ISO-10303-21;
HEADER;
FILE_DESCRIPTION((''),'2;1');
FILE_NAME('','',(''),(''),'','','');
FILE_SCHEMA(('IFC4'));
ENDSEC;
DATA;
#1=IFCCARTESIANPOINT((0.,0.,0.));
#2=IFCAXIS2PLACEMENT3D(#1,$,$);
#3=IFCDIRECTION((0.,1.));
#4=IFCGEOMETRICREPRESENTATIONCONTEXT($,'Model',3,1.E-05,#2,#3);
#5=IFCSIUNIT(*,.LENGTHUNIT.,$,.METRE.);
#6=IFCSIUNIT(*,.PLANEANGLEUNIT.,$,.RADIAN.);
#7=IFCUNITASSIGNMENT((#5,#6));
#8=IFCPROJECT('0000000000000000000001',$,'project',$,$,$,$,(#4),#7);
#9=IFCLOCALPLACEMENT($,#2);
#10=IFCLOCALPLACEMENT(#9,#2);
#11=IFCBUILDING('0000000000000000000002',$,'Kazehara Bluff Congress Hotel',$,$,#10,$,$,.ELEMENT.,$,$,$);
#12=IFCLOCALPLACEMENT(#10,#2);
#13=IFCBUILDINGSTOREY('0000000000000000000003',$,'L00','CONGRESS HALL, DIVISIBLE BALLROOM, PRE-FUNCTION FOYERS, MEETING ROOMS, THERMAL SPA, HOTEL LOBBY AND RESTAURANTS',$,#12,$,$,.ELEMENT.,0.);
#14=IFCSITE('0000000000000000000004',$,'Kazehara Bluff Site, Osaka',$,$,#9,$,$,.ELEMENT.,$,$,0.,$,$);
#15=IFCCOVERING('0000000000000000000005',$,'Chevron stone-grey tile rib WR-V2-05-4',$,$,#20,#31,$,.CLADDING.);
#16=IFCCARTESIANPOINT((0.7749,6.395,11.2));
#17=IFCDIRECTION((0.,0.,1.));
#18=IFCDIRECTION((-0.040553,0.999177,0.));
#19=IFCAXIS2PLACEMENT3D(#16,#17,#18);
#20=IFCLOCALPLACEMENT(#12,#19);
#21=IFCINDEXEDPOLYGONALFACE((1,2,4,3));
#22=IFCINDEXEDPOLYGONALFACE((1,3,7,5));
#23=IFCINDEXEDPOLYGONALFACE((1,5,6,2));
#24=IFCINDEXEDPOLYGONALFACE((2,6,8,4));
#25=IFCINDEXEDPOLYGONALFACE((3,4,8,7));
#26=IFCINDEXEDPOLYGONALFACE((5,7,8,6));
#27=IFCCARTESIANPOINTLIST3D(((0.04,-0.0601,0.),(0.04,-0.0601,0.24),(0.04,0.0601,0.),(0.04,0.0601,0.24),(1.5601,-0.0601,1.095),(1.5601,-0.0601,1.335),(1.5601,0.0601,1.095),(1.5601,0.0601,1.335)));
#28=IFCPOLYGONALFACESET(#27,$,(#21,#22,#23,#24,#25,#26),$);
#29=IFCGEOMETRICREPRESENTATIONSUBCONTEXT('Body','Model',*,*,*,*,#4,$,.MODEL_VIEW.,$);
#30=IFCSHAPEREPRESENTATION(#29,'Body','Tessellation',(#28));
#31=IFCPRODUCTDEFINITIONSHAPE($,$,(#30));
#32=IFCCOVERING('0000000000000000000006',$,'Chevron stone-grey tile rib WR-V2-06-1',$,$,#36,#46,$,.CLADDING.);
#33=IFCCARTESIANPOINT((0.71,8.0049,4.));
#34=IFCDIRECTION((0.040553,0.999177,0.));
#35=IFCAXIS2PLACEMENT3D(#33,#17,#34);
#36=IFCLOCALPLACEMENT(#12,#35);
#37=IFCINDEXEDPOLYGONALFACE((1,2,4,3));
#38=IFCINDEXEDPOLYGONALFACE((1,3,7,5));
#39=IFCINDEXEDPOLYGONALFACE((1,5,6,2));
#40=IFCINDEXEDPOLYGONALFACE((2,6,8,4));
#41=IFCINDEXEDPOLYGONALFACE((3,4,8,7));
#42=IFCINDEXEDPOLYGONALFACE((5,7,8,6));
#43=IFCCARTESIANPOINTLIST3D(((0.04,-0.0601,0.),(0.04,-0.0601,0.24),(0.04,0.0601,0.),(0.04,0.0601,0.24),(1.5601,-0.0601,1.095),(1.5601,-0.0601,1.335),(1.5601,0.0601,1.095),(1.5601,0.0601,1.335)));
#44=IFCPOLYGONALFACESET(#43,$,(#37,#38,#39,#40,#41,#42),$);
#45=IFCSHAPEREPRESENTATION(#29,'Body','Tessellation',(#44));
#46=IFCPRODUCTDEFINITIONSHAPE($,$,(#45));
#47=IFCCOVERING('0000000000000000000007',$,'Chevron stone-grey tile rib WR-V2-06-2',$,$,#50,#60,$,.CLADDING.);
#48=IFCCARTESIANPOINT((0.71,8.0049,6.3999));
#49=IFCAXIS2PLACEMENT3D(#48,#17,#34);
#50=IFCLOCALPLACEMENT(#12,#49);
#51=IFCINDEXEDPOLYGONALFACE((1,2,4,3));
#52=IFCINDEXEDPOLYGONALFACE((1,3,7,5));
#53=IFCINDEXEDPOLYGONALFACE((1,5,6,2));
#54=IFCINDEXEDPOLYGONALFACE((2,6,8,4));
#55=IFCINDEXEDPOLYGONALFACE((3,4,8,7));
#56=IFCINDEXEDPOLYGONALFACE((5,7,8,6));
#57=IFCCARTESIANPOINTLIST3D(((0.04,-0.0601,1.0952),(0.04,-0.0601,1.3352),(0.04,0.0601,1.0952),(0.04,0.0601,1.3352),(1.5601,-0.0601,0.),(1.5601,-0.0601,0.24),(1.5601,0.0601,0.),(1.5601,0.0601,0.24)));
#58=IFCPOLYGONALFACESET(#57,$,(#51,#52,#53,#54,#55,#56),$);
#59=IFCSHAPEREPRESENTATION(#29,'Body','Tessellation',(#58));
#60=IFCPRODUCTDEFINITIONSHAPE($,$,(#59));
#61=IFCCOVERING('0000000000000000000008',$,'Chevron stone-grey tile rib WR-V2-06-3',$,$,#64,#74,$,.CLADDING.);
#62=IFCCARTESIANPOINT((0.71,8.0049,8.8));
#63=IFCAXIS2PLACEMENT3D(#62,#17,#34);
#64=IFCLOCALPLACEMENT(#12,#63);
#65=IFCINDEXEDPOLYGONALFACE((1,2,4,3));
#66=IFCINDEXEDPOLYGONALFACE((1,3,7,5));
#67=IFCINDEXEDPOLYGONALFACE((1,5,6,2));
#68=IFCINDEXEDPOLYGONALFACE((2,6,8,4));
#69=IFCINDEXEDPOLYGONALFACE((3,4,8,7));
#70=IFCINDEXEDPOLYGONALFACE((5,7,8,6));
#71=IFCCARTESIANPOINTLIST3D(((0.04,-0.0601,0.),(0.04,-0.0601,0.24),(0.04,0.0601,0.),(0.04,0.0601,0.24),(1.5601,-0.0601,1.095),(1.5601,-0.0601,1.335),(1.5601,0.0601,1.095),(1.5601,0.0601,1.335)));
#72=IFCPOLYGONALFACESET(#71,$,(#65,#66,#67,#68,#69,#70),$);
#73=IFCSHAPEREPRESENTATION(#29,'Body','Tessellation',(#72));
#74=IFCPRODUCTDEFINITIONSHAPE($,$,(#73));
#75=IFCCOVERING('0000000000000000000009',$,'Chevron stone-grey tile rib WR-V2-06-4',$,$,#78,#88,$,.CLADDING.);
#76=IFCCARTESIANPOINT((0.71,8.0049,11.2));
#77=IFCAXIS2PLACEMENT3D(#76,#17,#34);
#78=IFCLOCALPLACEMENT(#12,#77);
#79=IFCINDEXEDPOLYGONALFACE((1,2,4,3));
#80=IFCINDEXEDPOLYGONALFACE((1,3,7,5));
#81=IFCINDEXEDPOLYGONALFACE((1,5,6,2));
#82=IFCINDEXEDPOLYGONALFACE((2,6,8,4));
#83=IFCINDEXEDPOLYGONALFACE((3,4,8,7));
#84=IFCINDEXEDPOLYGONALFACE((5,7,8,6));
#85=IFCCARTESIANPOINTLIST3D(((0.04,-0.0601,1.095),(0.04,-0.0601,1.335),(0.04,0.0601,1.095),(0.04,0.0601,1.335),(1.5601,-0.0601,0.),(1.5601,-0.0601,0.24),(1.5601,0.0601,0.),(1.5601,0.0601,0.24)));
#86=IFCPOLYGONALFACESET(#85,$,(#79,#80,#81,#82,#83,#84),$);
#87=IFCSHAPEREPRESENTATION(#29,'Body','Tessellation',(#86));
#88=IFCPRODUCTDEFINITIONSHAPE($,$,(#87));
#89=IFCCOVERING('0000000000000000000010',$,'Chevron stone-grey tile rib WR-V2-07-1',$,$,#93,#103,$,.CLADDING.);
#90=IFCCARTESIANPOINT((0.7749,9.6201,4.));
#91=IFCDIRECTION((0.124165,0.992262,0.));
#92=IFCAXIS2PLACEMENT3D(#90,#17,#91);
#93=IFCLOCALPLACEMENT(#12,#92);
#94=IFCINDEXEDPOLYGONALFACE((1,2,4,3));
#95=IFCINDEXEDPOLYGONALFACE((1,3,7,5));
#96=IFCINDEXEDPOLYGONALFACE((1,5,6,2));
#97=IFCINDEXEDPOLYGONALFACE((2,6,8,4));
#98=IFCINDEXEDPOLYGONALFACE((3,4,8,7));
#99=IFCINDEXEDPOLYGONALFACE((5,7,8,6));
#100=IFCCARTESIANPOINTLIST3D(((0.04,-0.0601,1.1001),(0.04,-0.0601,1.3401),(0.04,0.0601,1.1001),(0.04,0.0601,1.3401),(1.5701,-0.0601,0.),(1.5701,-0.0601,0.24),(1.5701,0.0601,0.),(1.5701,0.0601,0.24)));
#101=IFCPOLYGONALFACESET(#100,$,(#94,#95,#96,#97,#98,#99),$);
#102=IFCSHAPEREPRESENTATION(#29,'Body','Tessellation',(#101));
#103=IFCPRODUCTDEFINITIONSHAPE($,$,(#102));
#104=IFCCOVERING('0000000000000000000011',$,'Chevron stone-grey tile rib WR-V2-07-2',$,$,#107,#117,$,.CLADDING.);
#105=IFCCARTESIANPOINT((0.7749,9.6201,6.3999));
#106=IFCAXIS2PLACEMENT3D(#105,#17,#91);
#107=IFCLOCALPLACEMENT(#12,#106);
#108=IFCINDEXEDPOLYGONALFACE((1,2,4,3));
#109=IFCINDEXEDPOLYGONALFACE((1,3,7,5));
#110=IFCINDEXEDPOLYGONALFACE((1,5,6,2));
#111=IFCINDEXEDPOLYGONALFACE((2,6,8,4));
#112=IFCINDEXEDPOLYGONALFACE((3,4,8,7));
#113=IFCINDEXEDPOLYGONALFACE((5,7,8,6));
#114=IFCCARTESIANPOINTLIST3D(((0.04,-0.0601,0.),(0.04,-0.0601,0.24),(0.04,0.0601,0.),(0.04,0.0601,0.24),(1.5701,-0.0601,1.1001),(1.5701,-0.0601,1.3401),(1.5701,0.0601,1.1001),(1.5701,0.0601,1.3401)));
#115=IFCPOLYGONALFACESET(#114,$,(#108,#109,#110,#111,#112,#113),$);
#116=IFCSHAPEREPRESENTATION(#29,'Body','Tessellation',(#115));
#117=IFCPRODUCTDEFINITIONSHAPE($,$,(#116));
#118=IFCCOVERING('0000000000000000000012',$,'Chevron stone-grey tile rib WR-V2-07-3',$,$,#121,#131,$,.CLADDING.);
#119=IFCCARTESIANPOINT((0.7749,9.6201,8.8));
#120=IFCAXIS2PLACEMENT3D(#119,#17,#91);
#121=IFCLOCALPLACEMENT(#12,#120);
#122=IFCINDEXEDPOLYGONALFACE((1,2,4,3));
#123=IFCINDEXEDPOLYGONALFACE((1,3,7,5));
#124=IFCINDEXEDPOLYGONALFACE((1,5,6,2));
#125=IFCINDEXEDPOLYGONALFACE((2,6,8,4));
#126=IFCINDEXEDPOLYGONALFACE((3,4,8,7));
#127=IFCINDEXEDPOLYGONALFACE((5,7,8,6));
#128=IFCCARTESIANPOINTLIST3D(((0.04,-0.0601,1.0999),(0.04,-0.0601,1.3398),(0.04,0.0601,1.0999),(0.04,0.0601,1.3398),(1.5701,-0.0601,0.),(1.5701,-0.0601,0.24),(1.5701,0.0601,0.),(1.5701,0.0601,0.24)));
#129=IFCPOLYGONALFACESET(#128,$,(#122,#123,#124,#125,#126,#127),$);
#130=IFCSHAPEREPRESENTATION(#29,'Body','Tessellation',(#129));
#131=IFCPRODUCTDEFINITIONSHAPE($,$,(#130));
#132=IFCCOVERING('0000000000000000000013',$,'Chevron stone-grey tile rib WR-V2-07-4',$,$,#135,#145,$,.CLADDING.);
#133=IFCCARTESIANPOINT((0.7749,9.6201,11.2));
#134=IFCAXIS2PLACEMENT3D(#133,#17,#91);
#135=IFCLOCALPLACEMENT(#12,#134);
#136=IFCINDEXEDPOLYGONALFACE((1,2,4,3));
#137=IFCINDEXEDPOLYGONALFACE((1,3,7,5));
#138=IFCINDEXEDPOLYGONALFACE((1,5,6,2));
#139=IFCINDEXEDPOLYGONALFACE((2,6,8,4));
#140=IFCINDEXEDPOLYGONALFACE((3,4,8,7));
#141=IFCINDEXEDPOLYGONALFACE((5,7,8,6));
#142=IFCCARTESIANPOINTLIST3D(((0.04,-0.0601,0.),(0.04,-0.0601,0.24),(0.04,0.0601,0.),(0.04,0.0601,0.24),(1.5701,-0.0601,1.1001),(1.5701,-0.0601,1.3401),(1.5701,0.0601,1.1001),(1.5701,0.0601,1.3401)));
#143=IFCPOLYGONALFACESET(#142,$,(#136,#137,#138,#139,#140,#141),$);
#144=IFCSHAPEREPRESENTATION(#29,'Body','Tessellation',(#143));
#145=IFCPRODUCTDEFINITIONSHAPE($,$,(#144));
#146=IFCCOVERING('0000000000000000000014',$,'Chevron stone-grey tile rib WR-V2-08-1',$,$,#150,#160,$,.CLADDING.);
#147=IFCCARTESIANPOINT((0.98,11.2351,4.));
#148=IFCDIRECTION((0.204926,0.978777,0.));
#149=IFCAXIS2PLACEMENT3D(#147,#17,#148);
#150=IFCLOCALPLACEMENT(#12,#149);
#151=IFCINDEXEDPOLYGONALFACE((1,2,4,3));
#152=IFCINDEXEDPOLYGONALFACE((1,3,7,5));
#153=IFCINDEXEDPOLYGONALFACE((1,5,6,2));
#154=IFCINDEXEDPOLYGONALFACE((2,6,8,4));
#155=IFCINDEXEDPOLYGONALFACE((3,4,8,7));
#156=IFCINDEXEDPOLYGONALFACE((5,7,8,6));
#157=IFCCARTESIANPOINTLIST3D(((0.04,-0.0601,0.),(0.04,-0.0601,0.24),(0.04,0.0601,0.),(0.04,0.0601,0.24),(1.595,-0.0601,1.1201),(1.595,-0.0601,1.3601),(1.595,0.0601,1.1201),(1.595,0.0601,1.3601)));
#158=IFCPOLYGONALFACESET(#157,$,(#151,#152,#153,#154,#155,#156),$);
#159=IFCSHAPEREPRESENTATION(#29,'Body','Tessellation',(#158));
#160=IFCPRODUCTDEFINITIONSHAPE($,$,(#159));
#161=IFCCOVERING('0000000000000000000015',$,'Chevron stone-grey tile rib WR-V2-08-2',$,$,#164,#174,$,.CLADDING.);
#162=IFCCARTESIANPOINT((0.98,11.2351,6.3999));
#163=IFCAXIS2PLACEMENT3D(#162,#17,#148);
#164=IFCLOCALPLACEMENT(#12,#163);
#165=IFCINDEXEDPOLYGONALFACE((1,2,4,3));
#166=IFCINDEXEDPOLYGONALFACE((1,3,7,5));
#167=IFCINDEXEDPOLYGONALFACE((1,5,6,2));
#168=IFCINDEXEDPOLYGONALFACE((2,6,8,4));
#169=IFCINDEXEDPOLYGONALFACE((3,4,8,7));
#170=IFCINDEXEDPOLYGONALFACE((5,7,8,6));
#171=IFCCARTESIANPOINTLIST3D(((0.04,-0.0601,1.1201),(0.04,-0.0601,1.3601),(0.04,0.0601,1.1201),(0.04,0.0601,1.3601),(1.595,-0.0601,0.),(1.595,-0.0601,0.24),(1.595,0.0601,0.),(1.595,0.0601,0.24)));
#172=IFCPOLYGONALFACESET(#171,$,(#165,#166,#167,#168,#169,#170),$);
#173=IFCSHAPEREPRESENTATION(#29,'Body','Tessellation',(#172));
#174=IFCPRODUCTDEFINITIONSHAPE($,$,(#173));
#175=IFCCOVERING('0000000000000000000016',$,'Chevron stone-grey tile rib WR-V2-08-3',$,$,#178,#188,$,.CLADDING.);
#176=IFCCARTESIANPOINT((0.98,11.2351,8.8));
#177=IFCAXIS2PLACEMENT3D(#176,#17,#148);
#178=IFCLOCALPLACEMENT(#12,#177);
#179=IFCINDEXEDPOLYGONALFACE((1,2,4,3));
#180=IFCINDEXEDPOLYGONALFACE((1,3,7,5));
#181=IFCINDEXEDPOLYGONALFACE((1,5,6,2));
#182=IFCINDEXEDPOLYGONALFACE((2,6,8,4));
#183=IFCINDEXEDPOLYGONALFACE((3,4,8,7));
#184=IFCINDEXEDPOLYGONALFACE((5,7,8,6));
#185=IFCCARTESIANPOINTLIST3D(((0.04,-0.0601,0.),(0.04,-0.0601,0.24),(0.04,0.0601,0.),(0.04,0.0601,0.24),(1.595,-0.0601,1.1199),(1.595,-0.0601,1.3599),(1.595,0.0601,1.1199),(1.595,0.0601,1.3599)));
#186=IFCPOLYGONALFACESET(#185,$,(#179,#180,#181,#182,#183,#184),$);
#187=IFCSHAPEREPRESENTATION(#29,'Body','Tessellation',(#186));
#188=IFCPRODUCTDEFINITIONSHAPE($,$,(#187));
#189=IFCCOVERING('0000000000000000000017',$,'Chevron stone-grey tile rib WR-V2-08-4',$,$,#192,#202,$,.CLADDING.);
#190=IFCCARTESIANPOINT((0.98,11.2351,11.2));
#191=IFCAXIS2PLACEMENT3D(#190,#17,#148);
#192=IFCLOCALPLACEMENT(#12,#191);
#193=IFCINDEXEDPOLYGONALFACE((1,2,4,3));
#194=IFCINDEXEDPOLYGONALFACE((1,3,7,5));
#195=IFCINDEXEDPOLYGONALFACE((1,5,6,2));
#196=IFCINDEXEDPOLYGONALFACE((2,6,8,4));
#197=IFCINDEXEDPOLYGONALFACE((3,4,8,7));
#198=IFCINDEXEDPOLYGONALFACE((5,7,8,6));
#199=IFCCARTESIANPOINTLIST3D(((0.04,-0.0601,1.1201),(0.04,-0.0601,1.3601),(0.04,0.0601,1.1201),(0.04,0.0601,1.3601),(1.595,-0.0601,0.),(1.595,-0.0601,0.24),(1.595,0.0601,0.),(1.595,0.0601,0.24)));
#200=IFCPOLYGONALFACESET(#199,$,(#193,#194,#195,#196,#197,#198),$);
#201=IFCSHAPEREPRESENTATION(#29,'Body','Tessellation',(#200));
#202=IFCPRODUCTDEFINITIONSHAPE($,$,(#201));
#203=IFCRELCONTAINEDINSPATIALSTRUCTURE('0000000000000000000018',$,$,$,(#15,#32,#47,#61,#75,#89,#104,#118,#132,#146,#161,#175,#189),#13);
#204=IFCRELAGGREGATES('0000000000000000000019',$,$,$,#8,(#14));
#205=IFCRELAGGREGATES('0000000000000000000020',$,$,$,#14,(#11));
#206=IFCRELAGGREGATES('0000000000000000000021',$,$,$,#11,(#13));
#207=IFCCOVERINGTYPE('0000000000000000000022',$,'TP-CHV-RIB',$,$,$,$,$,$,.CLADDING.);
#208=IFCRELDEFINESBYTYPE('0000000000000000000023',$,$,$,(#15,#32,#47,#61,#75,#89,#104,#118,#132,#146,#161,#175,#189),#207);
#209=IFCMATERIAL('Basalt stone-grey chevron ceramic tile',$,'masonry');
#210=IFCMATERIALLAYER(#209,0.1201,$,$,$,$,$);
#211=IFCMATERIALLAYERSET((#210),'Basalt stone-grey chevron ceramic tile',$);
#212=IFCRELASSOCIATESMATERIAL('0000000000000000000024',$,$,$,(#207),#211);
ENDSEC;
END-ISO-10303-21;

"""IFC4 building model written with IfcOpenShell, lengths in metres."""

from ifc_helpers import new_model, si_unit, direction, frame, origin, place, context, subcontext, project, spatial, polyline, outline, extrude, material, layer, layer_set, type_object, element, save


model = new_model("IFC4")

# Units and contexts
model_context = context("Model", 3, precision=1e-05, world=origin(), true_north=direction((0.0, 1.0)))
body_context = subcontext(model_context, "Body", "Model", "MODEL_VIEW")
ifc_project = project(units=[si_unit("LENGTHUNIT", "METRE"), si_unit("PLANEANGLEUNIT", "RADIAN")], contexts=[model_context])

# Site, building, storey
site_placement = place(None, origin())
site = spatial("IfcSite", under=ifc_project, at=site_placement, Name="Kazehara Bluff Site, Osaka", CompositionType="ELEMENT", RefElevation=0.0)
building_placement = place(site_placement, origin())
building = spatial("IfcBuilding", under=site, at=building_placement, Name="Kazehara Bluff Congress Hotel", CompositionType="ELEMENT")
storey_placement = place(building_placement, origin())
storey = spatial("IfcBuildingStorey", under=building, at=storey_placement, Name="L00", Description="CONGRESS HALL, DIVISIBLE BALLROOM, PRE-FUNCTION FOYERS, MEETING ROOMS, THERMAL SPA, HOTEL LOBBY AND RESTAURANTS", CompositionType="ELEMENT", Elevation=0.0)

# Coverings
ifc_material_1 = material(Name="Basalt stone-grey chevron ceramic tile", Category="masonry")
ifc_layer_1 = layer(ifc_material_1, 0.1201)
ifc_layer_set_1 = layer_set([ifc_layer_1], Name="Basalt stone-grey chevron ceramic tile")
covering_type_1 = type_object("IfcCoveringType", Name="TP-CHV-RIB", PredefinedType="CLADDING", material=ifc_layer_set_1)
for number, where, z_axis, x_axis, name in (
    (1, (0.7749, 6.395, 11.2), (0.0, 0.0, 1.0), (-0.040553, 0.999177, 0.0), "Chevron stone-grey tile rib WR-V2-05-4"),
    (2, (0.71, 8.0049, 4.0), (0.0, 0.0, 1.0), (0.040553, 0.999177, 0.0), "Chevron stone-grey tile rib WR-V2-06-1"),
):
    element("IfcCovering", number, at=place(storey_placement, frame(where, z_axis=z_axis, x_axis=x_axis)), inside=storey, type_object=covering_type_1, Name=name, PredefinedType="CLADDING", context=body_context, shape_type="SweptSolid", body=[
        extrude(outline(polyline([(0.04, 0.0), (1.5601, 1.095), (1.5601, 1.335), (0.04, 0.24), (0.04, 0.0)])), frame((0.0, 0.0601, 0.0), z_axis=(0.0, -1.0, 0.0), x_axis=(1.0, 0.0, 0.0)), (0.0, 0.0, 1.0), 0.1201),
    ])
covering_1_placement = place(storey_placement, frame((0.71, 8.0049, 6.3999), z_axis=(0.0, 0.0, 1.0), x_axis=(0.040553, 0.999177, 0.0)))
element("IfcCovering", 3, at=covering_1_placement, inside=storey, type_object=covering_type_1, Name="Chevron stone-grey tile rib WR-V2-06-2", PredefinedType="CLADDING", context=body_context, shape_type="SweptSolid", body=[
    extrude(outline(polyline([(0.04, 1.0952), (1.5601, 0.0), (1.5601, 0.24), (0.04, 1.3352), (0.04, 1.0952)])), frame((0.0, 0.0601, 0.0), z_axis=(0.0, -1.0, 0.0), x_axis=(1.0, 0.0, 0.0)), (0.0, 0.0, 1.0), 0.1201),
])
covering_2_placement = place(storey_placement, frame((0.71, 8.0049, 8.8), z_axis=(0.0, 0.0, 1.0), x_axis=(0.040553, 0.999177, 0.0)))
element("IfcCovering", 4, at=covering_2_placement, inside=storey, type_object=covering_type_1, Name="Chevron stone-grey tile rib WR-V2-06-3", PredefinedType="CLADDING", context=body_context, shape_type="SweptSolid", body=[
    extrude(outline(polyline([(0.04, 0.0), (1.5601, 1.095), (1.5601, 1.335), (0.04, 0.24), (0.04, 0.0)])), frame((0.0, 0.0601, 0.0), z_axis=(0.0, -1.0, 0.0), x_axis=(1.0, 0.0, 0.0)), (0.0, 0.0, 1.0), 0.1201),
])
covering_3_placement = place(storey_placement, frame((0.71, 8.0049, 11.2), z_axis=(0.0, 0.0, 1.0), x_axis=(0.040553, 0.999177, 0.0)))
element("IfcCovering", 5, at=covering_3_placement, inside=storey, type_object=covering_type_1, Name="Chevron stone-grey tile rib WR-V2-06-4", PredefinedType="CLADDING", context=body_context, shape_type="SweptSolid", body=[
    extrude(outline(polyline([(0.04, 1.095), (1.5601, 0.0), (1.5601, 0.24), (0.04, 1.335), (0.04, 1.095)])), frame((0.0, 0.0601, 0.0), z_axis=(0.0, -1.0, 0.0), x_axis=(1.0, 0.0, 0.0)), (0.0, 0.0, 1.0), 0.1201),
])
covering_4_placement = place(storey_placement, frame((0.7749, 9.6201, 4.0), z_axis=(0.0, 0.0, 1.0), x_axis=(0.124165, 0.992262, 0.0)))
element("IfcCovering", 6, at=covering_4_placement, inside=storey, type_object=covering_type_1, Name="Chevron stone-grey tile rib WR-V2-07-1", PredefinedType="CLADDING", context=body_context, shape_type="SweptSolid", body=[
    extrude(outline(polyline([(0.04, 1.1001), (1.5701, 0.0), (1.5701, 0.24), (0.04, 1.3401), (0.04, 1.1001)])), frame((0.0, 0.0601, 0.0), z_axis=(0.0, -1.0, 0.0), x_axis=(1.0, 0.0, 0.0)), (0.0, 0.0, 1.0), 0.1201),
])
covering_5_placement = place(storey_placement, frame((0.7749, 9.6201, 6.3999), z_axis=(0.0, 0.0, 1.0), x_axis=(0.124165, 0.992262, 0.0)))
element("IfcCovering", 7, at=covering_5_placement, inside=storey, type_object=covering_type_1, Name="Chevron stone-grey tile rib WR-V2-07-2", PredefinedType="CLADDING", context=body_context, shape_type="SweptSolid", body=[
    extrude(outline(polyline([(0.04, 0.0), (1.5701, 1.1001), (1.5701, 1.3401), (0.04, 0.24), (0.04, 0.0)])), frame((0.0, 0.0601, 0.0), z_axis=(0.0, -1.0, 0.0), x_axis=(1.0, 0.0, 0.0)), (0.0, 0.0, 1.0), 0.1201),
])
covering_6_placement = place(storey_placement, frame((0.7749, 9.6201, 8.8), z_axis=(0.0, 0.0, 1.0), x_axis=(0.124165, 0.992262, 0.0)))
element("IfcCovering", 8, at=covering_6_placement, inside=storey, type_object=covering_type_1, Name="Chevron stone-grey tile rib WR-V2-07-3", PredefinedType="CLADDING", context=body_context, shape_type="SweptSolid", body=[
    extrude(outline(polyline([(0.04, 1.0999), (1.5701, 0.0), (1.5701, 0.24), (0.04, 1.3398), (0.04, 1.0999)])), frame((0.0, 0.0601, 0.0), z_axis=(0.0, -1.0, 0.0), x_axis=(1.0, 0.0, 0.0)), (0.0, 0.0, 1.0), 0.1201),
])
covering_7_placement = place(storey_placement, frame((0.7749, 9.6201, 11.2), z_axis=(0.0, 0.0, 1.0), x_axis=(0.124165, 0.992262, 0.0)))
element("IfcCovering", 9, at=covering_7_placement, inside=storey, type_object=covering_type_1, Name="Chevron stone-grey tile rib WR-V2-07-4", PredefinedType="CLADDING", context=body_context, shape_type="SweptSolid", body=[
    extrude(outline(polyline([(0.04, 0.0), (1.5701, 1.1001), (1.5701, 1.3401), (0.04, 0.24), (0.04, 0.0)])), frame((0.0, 0.0601, 0.0), z_axis=(0.0, -1.0, 0.0), x_axis=(1.0, 0.0, 0.0)), (0.0, 0.0, 1.0), 0.1201),
])
covering_8_placement = place(storey_placement, frame((0.98, 11.2351, 4.0), z_axis=(0.0, 0.0, 1.0), x_axis=(0.204926, 0.978777, 0.0)))
element("IfcCovering", 10, at=covering_8_placement, inside=storey, type_object=covering_type_1, Name="Chevron stone-grey tile rib WR-V2-08-1", PredefinedType="CLADDING", context=body_context, shape_type="SweptSolid", body=[
    extrude(outline(polyline([(0.04, 0.0), (1.595, 1.1201), (1.595, 1.3601), (0.04, 0.24), (0.04, 0.0)])), frame((0.0, 0.0601, 0.0), z_axis=(0.0, -1.0, 0.0), x_axis=(1.0, 0.0, 0.0)), (0.0, 0.0, 1.0), 0.1201),
])
covering_9_placement = place(storey_placement, frame((0.98, 11.2351, 6.3999), z_axis=(0.0, 0.0, 1.0), x_axis=(0.204926, 0.978777, 0.0)))
element("IfcCovering", 11, at=covering_9_placement, inside=storey, type_object=covering_type_1, Name="Chevron stone-grey tile rib WR-V2-08-2", PredefinedType="CLADDING", context=body_context, shape_type="SweptSolid", body=[
    extrude(outline(polyline([(0.04, 1.1201), (1.595, 0.0), (1.595, 0.24), (0.04, 1.3601), (0.04, 1.1201)])), frame((0.0, 0.0601, 0.0), z_axis=(0.0, -1.0, 0.0), x_axis=(1.0, 0.0, 0.0)), (0.0, 0.0, 1.0), 0.1201),
])
covering_10_placement = place(storey_placement, frame((0.98, 11.2351, 8.8), z_axis=(0.0, 0.0, 1.0), x_axis=(0.204926, 0.978777, 0.0)))
element("IfcCovering", 12, at=covering_10_placement, inside=storey, type_object=covering_type_1, Name="Chevron stone-grey tile rib WR-V2-08-3", PredefinedType="CLADDING", context=body_context, shape_type="SweptSolid", body=[
    extrude(outline(polyline([(0.04, 0.0), (1.595, 1.1199), (1.595, 1.3599), (0.04, 0.24), (0.04, 0.0)])), frame((0.0, 0.0601, 0.0), z_axis=(0.0, -1.0, 0.0), x_axis=(1.0, 0.0, 0.0)), (0.0, 0.0, 1.0), 0.1201),
])
covering_11_placement = place(storey_placement, frame((0.98, 11.2351, 11.2), z_axis=(0.0, 0.0, 1.0), x_axis=(0.204926, 0.978777, 0.0)))
element("IfcCovering", 13, at=covering_11_placement, inside=storey, type_object=covering_type_1, Name="Chevron stone-grey tile rib WR-V2-08-4", PredefinedType="CLADDING", context=body_context, shape_type="SweptSolid", body=[
    extrude(outline(polyline([(0.04, 1.1201), (1.595, 0.0), (1.595, 0.24), (0.04, 1.3601), (0.04, 1.1201)])), frame((0.0, 0.0601, 0.0), z_axis=(0.0, -1.0, 0.0), x_axis=(1.0, 0.0, 0.0)), (0.0, 0.0, 1.0), 0.1201),
])

save(model, "model.ifc")
